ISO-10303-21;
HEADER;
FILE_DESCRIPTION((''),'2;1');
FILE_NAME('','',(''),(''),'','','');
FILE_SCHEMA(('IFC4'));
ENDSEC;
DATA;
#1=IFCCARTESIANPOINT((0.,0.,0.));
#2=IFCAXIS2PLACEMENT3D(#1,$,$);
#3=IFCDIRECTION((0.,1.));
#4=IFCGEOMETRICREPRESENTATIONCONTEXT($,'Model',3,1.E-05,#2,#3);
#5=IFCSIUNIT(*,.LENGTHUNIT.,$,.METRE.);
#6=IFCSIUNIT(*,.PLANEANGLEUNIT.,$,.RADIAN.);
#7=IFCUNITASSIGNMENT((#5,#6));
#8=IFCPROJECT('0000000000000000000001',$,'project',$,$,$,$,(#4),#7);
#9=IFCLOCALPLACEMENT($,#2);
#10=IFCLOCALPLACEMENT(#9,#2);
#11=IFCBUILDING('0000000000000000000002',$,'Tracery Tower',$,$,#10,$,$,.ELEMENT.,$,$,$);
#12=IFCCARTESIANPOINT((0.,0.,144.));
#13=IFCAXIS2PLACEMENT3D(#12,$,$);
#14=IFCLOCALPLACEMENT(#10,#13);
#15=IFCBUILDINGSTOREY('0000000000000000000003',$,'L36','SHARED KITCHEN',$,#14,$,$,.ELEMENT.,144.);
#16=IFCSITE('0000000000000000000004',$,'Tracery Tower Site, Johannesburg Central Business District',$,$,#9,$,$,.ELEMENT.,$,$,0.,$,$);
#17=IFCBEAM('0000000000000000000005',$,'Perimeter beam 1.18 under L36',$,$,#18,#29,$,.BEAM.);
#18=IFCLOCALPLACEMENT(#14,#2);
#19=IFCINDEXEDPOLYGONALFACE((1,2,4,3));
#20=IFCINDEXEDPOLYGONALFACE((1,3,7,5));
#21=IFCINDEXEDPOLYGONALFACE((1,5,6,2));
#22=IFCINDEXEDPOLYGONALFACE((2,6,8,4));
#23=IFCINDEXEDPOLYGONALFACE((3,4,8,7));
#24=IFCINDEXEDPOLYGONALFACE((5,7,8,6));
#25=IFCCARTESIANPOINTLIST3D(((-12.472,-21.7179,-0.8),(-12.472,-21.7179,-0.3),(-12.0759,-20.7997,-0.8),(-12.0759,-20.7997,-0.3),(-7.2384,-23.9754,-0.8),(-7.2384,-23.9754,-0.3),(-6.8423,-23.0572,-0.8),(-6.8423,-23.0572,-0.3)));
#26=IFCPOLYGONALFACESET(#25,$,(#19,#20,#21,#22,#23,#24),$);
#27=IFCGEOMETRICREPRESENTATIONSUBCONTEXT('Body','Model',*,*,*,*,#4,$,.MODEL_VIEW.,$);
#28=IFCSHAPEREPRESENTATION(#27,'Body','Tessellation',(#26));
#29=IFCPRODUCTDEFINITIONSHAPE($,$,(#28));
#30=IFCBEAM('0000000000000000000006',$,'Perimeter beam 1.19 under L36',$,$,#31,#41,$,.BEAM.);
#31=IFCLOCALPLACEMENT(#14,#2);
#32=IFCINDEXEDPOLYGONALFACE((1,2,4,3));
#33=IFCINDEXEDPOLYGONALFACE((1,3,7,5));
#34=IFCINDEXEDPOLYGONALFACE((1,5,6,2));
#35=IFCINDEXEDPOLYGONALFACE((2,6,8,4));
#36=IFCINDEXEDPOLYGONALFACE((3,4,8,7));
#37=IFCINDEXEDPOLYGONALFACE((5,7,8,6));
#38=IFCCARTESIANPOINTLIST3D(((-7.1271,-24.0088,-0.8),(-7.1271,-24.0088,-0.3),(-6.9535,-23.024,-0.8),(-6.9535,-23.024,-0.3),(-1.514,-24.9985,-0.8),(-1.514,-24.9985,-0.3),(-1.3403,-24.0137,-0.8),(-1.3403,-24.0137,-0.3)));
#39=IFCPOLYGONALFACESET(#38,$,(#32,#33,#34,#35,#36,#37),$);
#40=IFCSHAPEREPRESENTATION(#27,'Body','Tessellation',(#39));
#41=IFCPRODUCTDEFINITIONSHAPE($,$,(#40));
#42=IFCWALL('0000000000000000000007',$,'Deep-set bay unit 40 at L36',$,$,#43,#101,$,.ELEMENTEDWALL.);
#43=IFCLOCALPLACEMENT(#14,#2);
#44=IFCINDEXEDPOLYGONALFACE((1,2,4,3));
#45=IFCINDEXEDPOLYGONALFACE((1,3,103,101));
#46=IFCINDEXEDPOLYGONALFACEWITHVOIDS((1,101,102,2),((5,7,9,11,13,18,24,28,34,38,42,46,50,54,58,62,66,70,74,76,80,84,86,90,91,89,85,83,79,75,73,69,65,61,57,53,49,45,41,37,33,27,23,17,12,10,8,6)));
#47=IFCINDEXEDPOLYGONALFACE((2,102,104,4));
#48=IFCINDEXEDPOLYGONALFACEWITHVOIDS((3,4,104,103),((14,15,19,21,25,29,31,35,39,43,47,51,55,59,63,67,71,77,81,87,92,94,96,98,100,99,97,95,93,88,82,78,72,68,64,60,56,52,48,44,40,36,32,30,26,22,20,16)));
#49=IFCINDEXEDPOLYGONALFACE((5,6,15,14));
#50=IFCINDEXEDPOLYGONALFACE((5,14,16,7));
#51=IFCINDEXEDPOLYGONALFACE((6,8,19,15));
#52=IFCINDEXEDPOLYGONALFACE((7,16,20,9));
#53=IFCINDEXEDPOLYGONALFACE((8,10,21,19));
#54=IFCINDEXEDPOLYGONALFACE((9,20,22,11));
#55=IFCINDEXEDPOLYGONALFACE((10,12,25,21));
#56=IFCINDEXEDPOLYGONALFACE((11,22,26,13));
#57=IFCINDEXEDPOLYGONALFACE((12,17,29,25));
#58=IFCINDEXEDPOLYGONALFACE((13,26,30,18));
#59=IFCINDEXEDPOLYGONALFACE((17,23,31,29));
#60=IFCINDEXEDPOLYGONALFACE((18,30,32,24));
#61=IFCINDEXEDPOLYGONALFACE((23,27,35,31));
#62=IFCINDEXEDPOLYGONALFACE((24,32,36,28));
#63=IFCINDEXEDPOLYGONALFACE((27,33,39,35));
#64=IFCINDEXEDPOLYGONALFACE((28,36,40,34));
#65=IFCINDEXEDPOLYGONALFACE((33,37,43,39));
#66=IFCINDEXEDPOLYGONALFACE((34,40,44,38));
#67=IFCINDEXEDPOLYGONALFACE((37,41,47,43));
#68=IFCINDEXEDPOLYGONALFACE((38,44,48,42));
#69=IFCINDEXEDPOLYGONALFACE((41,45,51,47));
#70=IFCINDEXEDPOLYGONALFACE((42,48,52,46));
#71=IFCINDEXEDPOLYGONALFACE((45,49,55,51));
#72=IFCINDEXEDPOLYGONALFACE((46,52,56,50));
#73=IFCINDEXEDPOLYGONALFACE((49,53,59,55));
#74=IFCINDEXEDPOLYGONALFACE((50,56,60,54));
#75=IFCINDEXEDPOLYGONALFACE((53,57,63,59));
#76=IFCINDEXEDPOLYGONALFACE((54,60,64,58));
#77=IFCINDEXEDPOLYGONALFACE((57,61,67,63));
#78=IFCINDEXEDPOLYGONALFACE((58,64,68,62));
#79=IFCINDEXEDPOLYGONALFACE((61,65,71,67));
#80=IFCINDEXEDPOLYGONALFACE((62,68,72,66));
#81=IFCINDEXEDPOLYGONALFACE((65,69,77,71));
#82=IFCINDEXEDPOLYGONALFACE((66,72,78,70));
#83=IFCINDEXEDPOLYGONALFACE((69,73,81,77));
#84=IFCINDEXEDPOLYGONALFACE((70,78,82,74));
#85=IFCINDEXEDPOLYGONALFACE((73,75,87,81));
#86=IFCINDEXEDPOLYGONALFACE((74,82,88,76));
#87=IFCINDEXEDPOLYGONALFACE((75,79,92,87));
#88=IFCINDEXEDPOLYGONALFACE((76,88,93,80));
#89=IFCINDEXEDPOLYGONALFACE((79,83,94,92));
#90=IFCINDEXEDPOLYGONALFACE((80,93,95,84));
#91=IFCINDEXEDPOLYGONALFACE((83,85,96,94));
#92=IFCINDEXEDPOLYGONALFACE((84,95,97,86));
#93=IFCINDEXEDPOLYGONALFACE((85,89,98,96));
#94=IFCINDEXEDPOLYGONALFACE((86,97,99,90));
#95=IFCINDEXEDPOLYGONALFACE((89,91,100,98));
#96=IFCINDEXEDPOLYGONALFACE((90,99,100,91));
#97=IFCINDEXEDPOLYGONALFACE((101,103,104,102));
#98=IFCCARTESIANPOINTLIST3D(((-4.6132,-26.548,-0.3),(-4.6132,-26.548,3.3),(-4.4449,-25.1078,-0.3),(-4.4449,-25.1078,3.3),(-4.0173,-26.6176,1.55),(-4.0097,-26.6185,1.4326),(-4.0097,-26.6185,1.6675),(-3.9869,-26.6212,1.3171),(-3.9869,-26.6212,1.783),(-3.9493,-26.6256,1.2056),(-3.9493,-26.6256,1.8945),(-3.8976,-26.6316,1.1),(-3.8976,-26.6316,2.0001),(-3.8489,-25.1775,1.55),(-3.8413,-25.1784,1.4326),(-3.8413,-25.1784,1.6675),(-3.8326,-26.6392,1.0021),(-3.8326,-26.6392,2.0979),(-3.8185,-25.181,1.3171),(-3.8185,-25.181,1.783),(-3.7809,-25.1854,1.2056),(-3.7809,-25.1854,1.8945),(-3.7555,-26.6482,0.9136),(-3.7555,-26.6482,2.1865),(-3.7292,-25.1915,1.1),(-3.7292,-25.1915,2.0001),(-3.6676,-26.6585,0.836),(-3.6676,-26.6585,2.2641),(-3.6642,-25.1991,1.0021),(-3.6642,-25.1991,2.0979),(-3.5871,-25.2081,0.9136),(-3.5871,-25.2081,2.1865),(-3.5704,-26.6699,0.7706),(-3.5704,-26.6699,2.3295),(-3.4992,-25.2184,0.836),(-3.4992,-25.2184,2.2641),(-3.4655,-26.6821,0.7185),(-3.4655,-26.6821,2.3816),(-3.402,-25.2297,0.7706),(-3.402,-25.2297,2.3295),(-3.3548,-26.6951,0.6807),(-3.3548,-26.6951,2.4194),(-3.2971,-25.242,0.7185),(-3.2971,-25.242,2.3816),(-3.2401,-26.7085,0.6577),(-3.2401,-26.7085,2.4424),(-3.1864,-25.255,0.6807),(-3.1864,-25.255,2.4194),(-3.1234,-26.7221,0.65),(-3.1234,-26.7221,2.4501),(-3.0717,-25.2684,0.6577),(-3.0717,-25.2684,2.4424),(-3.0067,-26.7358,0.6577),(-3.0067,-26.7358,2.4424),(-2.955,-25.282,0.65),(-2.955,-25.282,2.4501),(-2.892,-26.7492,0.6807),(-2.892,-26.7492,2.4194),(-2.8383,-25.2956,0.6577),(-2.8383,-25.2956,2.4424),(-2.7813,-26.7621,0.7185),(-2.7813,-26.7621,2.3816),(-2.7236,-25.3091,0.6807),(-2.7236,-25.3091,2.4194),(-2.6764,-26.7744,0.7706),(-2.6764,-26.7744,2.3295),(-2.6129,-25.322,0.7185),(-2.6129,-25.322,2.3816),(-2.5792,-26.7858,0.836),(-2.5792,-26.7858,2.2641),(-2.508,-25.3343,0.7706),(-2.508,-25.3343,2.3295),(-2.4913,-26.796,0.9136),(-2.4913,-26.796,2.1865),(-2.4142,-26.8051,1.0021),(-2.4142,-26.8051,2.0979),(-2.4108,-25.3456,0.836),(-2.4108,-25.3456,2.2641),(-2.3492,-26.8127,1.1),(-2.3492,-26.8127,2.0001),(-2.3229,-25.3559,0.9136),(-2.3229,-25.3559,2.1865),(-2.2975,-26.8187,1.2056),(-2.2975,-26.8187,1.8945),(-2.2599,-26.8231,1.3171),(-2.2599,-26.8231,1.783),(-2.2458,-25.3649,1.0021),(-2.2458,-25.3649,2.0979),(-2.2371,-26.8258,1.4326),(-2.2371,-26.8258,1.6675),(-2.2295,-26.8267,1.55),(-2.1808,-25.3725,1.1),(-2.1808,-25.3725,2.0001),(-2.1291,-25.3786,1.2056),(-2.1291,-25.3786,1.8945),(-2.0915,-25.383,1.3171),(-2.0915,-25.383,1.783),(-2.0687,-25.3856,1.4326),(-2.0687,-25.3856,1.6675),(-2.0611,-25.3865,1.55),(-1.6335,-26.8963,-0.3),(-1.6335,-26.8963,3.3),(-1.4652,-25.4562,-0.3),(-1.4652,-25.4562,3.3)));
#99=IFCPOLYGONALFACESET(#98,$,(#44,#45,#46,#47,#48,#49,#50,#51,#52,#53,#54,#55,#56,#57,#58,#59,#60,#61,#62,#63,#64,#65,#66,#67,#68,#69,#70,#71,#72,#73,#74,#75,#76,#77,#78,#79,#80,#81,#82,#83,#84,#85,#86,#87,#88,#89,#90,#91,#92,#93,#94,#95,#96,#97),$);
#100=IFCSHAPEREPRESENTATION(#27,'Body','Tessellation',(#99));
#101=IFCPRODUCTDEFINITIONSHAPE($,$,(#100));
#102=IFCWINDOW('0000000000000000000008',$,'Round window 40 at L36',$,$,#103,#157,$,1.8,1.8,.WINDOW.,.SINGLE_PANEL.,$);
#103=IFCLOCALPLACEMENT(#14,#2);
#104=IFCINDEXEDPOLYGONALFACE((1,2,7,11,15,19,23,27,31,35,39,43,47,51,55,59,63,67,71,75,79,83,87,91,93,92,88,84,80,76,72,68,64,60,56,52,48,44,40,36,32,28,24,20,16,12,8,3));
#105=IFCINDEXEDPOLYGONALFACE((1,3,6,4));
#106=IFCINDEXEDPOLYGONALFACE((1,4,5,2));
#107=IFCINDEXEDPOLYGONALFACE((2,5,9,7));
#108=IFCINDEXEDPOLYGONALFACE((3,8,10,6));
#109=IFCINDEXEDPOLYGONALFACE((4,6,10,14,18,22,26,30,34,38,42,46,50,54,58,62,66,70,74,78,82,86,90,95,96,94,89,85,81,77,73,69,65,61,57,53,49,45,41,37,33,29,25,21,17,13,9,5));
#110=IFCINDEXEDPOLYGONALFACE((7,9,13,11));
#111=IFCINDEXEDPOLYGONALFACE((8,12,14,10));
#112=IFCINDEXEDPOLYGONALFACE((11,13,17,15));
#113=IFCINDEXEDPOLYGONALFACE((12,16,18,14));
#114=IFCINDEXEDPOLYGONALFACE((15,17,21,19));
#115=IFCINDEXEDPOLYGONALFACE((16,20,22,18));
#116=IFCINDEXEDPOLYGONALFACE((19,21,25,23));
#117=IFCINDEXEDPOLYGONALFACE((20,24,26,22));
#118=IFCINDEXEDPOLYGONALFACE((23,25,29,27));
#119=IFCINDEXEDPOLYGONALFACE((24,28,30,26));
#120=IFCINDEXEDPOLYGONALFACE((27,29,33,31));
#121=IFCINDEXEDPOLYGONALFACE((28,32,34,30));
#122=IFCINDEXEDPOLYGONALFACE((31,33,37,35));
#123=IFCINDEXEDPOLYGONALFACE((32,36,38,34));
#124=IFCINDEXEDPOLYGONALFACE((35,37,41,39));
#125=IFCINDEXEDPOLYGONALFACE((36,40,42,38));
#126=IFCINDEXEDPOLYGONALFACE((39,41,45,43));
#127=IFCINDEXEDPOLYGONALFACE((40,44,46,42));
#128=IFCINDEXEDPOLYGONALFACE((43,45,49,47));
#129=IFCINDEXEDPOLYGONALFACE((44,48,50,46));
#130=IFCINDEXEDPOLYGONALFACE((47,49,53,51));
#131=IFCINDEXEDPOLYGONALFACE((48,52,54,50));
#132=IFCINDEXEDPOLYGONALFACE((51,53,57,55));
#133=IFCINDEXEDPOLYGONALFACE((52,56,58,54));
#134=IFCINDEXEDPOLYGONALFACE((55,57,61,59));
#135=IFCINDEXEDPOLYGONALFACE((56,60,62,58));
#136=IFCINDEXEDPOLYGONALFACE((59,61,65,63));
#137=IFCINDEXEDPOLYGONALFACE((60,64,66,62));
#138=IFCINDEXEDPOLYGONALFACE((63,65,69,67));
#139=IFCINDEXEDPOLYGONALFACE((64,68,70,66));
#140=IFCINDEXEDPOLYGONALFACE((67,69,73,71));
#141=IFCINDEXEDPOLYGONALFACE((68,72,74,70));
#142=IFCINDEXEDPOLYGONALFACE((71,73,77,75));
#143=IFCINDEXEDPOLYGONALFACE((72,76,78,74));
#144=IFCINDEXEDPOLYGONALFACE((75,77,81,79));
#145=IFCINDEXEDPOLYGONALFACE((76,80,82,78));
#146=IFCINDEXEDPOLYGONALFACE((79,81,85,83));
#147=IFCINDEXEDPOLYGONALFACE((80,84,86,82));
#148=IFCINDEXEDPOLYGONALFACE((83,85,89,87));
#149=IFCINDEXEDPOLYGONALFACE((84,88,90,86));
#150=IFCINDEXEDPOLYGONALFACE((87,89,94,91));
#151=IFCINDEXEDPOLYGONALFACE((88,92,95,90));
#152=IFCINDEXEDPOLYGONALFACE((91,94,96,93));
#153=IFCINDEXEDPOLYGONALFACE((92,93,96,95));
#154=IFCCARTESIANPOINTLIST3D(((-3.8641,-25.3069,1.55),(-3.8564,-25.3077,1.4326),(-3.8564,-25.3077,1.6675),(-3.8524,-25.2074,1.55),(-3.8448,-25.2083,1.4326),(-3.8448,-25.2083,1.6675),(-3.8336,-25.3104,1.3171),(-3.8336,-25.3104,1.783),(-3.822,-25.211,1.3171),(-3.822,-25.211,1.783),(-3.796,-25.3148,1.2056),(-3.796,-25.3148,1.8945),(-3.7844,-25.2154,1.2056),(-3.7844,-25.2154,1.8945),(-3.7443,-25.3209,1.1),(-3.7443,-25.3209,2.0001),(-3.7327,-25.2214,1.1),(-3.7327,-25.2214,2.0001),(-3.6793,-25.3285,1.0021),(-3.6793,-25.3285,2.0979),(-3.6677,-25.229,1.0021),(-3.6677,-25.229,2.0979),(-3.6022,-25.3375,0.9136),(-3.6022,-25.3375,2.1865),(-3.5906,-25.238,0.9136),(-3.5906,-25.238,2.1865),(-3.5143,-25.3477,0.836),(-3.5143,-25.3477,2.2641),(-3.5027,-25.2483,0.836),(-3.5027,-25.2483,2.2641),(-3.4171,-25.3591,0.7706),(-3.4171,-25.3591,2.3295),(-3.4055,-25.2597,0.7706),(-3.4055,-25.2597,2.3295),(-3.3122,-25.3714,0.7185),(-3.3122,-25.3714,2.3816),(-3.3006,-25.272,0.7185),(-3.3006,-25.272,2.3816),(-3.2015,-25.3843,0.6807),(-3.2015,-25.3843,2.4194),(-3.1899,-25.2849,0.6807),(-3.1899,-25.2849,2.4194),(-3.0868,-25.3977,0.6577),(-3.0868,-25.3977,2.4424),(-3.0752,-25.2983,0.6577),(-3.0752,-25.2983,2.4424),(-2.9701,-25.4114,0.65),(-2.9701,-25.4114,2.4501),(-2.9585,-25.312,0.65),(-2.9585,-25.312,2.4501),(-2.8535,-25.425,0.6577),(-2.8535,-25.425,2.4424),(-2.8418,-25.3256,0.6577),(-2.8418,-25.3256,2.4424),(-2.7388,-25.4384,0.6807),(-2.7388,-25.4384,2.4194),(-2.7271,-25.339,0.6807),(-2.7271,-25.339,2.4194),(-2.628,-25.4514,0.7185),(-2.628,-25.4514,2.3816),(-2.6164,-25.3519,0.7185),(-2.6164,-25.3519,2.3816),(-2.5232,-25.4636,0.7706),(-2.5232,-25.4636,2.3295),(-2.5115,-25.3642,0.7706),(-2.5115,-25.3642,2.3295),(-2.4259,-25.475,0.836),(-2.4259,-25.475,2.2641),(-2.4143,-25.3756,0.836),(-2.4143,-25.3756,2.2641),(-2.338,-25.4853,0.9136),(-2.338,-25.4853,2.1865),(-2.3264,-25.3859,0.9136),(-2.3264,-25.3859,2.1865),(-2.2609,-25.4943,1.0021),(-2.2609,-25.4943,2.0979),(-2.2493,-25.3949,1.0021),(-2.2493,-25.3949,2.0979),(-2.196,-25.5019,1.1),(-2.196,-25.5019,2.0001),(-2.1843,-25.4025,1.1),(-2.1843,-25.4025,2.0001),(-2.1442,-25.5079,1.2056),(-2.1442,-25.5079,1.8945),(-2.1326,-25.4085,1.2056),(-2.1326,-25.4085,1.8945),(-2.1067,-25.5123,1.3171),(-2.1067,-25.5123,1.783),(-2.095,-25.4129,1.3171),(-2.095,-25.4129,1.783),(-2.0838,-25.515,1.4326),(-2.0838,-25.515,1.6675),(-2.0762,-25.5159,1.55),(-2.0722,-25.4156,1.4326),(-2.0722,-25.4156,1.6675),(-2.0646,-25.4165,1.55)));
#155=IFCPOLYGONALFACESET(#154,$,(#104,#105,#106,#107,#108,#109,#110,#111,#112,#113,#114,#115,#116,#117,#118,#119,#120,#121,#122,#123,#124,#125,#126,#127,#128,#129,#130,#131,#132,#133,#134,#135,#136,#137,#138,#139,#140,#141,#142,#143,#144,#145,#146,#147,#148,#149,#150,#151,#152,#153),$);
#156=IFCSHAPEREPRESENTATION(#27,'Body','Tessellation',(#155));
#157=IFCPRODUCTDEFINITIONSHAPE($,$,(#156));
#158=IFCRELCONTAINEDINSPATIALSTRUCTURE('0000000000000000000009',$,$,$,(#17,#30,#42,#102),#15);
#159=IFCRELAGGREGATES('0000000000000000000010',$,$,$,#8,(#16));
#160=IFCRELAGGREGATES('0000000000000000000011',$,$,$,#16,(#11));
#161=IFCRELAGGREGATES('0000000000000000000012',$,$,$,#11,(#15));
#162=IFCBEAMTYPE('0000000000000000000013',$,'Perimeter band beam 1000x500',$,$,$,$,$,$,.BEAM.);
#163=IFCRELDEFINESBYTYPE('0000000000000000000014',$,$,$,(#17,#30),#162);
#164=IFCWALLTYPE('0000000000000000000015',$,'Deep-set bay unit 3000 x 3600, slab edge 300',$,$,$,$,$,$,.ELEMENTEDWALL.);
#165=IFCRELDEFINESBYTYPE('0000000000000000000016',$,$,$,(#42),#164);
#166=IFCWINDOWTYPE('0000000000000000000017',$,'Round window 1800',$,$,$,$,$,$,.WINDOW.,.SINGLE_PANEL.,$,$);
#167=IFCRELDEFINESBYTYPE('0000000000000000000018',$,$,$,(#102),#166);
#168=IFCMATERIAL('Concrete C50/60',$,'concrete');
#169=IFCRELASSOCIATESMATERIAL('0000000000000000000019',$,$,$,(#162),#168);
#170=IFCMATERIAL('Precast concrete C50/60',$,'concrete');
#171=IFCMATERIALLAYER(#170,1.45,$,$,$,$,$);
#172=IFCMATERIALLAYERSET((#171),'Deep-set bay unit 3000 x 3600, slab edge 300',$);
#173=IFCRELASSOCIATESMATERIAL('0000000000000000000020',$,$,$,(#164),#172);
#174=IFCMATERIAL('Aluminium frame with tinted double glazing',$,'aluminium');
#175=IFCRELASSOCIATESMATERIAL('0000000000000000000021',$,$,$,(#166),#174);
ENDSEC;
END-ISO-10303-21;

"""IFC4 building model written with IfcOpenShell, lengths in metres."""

from ifc_helpers import new_model, si_unit, direction, frame, frame_2d, origin, origin_2d, place, context, subcontext, project, spatial, rectangle, circle, extrude, material, layer, layer_set, material_profile, profile_set, type_object, element, fill, save


model = new_model("IFC4")

# Units and contexts
model_context = context("Model", 3, precision=1e-05, world=origin(), true_north=direction((0.0, 1.0)))
body_context = subcontext(model_context, "Body", "Model", "MODEL_VIEW")
ifc_project = project(units=[si_unit("LENGTHUNIT", "METRE"), si_unit("PLANEANGLEUNIT", "RADIAN")], contexts=[model_context])

# Site, building, storey
site_placement = place(None, origin())
site = spatial("IfcSite", under=ifc_project, at=site_placement, Name="Tracery Tower Site, Johannesburg Central Business District", CompositionType="ELEMENT", RefElevation=0.0)
building_placement = place(site_placement, origin())
building = spatial("IfcBuilding", under=site, at=building_placement, Name="Tracery Tower", CompositionType="ELEMENT")
storey_placement = place(building_placement, frame((0.0, 0.0, 144.0)))
storey = spatial("IfcBuildingStorey", under=building, at=storey_placement, Name="L36", Description="SHARED KITCHEN", CompositionType="ELEMENT", Elevation=144.0)

# Beams
ifc_material_1 = material(Name="Concrete C50/60", Category="concrete")
ifc_material_profile_1 = material_profile(ifc_material_1, rectangle(XDim=1.0, YDim=0.5, at=origin_2d()), Name="RC 1000x500")
ifc_profile_set_1 = profile_set([ifc_material_profile_1], Name="Concrete C50/60")
beam_type = type_object("IfcBeamType", Name="Perimeter band beam 1000x500", PredefinedType="BEAM", material=ifc_profile_set_1)
for number, where, z_axis, x_axis, name in (
    (1, (-12.2739, -21.2588, -0.55), (0.918216, -0.396079, 0.0), (0.396079, 0.918216, 0.0), "Perimeter beam 1.18 under L36"),
    (2, (-7.0403, -23.5164, -0.55), (0.984807, -0.173651, 0.0), (0.173651, 0.984807, 0.0), "Perimeter beam 1.19 under L36"),
):
    element("IfcBeam", number, at=place(storey_placement, frame(where, z_axis=z_axis, x_axis=x_axis)), inside=storey, type_object=beam_type, Name=name, PredefinedType="BEAM", context=body_context, shape_type="SweptSolid", body=[
        extrude(rectangle(XDim=1.0, YDim=0.5, at=origin_2d()), origin(), (0.0, 0.0, 1.0), 5.6997),
    ])

# Wall, opening, window
ifc_material_2 = material(Name="Precast concrete C50/60", Category="concrete")
ifc_layer_1 = layer(ifc_material_2, 1.45)
ifc_layer_set_1 = layer_set([ifc_layer_1], Name="Deep-set bay unit 3000 x 3600, slab edge 300")
wall_type_1 = type_object("IfcWallType", Name="Deep-set bay unit 3000 x 3600, slab edge 300", PredefinedType="ELEMENTEDWALL", material=ifc_layer_set_1)
wall_1_placement = place(storey_placement, frame((-4.5291, -25.8279, -0.3), z_axis=(0.0, 0.0, 1.0), x_axis=(0.993234, -0.116128, 0.0)))
wall_1 = element("IfcWall", 3, at=wall_1_placement, inside=storey, type_object=wall_type_1, Name="Deep-set bay unit 40 at L36", PredefinedType="ELEMENTEDWALL", context=body_context, shape_type="SweptSolid", body=[
    extrude(rectangle(XDim=3.0, YDim=1.45, at=frame_2d((1.5, 0.0))), origin(), (0.0, 0.0, 1.0), 3.6001),
])
opening_1_placement = place(wall_1_placement, frame((1.5, 0.0, 1.8501)))
opening_1 = element("IfcOpeningElement", 4, at=opening_1_placement, cuts=wall_1, PredefinedType="OPENING", context=body_context, shape_type="SweptSolid", body=[
    extrude(circle(Radius=0.9, at=origin_2d()), frame((0.0, 0.7349, 0.0), z_axis=(0.0, -1.0, 0.0), x_axis=(1.0, 0.0, 0.0)), (0.0, 0.0, 1.0), 1.47),
])
ifc_material_3 = material(Name="Aluminium frame with tinted double glazing", Category="aluminium")
window_type = type_object("IfcWindowType", Name="Round window 1800", PartitioningType="SINGLE_PANEL", PredefinedType="WINDOW", material=ifc_material_3)
window_1_placement = place(opening_1_placement, origin())
window_1 = element("IfcWindow", 5, at=window_1_placement, inside=storey, type_object=window_type, Name="Round window 40 at L36", OverallHeight=1.8, OverallWidth=1.8, PartitioningType="SINGLE_PANEL", PredefinedType="WINDOW", context=body_context, shape_type="SweptSolid", body=[
    extrude(circle(Radius=0.9, at=origin_2d()), frame((0.0, 0.6948, 0.0), z_axis=(0.0, -1.0, 0.0), x_axis=(1.0, 0.0, 0.0)), (0.0, 0.0, 1.0), 0.1001),
])
fill(opening_1, window_1)

save(model, "model.ifc")
